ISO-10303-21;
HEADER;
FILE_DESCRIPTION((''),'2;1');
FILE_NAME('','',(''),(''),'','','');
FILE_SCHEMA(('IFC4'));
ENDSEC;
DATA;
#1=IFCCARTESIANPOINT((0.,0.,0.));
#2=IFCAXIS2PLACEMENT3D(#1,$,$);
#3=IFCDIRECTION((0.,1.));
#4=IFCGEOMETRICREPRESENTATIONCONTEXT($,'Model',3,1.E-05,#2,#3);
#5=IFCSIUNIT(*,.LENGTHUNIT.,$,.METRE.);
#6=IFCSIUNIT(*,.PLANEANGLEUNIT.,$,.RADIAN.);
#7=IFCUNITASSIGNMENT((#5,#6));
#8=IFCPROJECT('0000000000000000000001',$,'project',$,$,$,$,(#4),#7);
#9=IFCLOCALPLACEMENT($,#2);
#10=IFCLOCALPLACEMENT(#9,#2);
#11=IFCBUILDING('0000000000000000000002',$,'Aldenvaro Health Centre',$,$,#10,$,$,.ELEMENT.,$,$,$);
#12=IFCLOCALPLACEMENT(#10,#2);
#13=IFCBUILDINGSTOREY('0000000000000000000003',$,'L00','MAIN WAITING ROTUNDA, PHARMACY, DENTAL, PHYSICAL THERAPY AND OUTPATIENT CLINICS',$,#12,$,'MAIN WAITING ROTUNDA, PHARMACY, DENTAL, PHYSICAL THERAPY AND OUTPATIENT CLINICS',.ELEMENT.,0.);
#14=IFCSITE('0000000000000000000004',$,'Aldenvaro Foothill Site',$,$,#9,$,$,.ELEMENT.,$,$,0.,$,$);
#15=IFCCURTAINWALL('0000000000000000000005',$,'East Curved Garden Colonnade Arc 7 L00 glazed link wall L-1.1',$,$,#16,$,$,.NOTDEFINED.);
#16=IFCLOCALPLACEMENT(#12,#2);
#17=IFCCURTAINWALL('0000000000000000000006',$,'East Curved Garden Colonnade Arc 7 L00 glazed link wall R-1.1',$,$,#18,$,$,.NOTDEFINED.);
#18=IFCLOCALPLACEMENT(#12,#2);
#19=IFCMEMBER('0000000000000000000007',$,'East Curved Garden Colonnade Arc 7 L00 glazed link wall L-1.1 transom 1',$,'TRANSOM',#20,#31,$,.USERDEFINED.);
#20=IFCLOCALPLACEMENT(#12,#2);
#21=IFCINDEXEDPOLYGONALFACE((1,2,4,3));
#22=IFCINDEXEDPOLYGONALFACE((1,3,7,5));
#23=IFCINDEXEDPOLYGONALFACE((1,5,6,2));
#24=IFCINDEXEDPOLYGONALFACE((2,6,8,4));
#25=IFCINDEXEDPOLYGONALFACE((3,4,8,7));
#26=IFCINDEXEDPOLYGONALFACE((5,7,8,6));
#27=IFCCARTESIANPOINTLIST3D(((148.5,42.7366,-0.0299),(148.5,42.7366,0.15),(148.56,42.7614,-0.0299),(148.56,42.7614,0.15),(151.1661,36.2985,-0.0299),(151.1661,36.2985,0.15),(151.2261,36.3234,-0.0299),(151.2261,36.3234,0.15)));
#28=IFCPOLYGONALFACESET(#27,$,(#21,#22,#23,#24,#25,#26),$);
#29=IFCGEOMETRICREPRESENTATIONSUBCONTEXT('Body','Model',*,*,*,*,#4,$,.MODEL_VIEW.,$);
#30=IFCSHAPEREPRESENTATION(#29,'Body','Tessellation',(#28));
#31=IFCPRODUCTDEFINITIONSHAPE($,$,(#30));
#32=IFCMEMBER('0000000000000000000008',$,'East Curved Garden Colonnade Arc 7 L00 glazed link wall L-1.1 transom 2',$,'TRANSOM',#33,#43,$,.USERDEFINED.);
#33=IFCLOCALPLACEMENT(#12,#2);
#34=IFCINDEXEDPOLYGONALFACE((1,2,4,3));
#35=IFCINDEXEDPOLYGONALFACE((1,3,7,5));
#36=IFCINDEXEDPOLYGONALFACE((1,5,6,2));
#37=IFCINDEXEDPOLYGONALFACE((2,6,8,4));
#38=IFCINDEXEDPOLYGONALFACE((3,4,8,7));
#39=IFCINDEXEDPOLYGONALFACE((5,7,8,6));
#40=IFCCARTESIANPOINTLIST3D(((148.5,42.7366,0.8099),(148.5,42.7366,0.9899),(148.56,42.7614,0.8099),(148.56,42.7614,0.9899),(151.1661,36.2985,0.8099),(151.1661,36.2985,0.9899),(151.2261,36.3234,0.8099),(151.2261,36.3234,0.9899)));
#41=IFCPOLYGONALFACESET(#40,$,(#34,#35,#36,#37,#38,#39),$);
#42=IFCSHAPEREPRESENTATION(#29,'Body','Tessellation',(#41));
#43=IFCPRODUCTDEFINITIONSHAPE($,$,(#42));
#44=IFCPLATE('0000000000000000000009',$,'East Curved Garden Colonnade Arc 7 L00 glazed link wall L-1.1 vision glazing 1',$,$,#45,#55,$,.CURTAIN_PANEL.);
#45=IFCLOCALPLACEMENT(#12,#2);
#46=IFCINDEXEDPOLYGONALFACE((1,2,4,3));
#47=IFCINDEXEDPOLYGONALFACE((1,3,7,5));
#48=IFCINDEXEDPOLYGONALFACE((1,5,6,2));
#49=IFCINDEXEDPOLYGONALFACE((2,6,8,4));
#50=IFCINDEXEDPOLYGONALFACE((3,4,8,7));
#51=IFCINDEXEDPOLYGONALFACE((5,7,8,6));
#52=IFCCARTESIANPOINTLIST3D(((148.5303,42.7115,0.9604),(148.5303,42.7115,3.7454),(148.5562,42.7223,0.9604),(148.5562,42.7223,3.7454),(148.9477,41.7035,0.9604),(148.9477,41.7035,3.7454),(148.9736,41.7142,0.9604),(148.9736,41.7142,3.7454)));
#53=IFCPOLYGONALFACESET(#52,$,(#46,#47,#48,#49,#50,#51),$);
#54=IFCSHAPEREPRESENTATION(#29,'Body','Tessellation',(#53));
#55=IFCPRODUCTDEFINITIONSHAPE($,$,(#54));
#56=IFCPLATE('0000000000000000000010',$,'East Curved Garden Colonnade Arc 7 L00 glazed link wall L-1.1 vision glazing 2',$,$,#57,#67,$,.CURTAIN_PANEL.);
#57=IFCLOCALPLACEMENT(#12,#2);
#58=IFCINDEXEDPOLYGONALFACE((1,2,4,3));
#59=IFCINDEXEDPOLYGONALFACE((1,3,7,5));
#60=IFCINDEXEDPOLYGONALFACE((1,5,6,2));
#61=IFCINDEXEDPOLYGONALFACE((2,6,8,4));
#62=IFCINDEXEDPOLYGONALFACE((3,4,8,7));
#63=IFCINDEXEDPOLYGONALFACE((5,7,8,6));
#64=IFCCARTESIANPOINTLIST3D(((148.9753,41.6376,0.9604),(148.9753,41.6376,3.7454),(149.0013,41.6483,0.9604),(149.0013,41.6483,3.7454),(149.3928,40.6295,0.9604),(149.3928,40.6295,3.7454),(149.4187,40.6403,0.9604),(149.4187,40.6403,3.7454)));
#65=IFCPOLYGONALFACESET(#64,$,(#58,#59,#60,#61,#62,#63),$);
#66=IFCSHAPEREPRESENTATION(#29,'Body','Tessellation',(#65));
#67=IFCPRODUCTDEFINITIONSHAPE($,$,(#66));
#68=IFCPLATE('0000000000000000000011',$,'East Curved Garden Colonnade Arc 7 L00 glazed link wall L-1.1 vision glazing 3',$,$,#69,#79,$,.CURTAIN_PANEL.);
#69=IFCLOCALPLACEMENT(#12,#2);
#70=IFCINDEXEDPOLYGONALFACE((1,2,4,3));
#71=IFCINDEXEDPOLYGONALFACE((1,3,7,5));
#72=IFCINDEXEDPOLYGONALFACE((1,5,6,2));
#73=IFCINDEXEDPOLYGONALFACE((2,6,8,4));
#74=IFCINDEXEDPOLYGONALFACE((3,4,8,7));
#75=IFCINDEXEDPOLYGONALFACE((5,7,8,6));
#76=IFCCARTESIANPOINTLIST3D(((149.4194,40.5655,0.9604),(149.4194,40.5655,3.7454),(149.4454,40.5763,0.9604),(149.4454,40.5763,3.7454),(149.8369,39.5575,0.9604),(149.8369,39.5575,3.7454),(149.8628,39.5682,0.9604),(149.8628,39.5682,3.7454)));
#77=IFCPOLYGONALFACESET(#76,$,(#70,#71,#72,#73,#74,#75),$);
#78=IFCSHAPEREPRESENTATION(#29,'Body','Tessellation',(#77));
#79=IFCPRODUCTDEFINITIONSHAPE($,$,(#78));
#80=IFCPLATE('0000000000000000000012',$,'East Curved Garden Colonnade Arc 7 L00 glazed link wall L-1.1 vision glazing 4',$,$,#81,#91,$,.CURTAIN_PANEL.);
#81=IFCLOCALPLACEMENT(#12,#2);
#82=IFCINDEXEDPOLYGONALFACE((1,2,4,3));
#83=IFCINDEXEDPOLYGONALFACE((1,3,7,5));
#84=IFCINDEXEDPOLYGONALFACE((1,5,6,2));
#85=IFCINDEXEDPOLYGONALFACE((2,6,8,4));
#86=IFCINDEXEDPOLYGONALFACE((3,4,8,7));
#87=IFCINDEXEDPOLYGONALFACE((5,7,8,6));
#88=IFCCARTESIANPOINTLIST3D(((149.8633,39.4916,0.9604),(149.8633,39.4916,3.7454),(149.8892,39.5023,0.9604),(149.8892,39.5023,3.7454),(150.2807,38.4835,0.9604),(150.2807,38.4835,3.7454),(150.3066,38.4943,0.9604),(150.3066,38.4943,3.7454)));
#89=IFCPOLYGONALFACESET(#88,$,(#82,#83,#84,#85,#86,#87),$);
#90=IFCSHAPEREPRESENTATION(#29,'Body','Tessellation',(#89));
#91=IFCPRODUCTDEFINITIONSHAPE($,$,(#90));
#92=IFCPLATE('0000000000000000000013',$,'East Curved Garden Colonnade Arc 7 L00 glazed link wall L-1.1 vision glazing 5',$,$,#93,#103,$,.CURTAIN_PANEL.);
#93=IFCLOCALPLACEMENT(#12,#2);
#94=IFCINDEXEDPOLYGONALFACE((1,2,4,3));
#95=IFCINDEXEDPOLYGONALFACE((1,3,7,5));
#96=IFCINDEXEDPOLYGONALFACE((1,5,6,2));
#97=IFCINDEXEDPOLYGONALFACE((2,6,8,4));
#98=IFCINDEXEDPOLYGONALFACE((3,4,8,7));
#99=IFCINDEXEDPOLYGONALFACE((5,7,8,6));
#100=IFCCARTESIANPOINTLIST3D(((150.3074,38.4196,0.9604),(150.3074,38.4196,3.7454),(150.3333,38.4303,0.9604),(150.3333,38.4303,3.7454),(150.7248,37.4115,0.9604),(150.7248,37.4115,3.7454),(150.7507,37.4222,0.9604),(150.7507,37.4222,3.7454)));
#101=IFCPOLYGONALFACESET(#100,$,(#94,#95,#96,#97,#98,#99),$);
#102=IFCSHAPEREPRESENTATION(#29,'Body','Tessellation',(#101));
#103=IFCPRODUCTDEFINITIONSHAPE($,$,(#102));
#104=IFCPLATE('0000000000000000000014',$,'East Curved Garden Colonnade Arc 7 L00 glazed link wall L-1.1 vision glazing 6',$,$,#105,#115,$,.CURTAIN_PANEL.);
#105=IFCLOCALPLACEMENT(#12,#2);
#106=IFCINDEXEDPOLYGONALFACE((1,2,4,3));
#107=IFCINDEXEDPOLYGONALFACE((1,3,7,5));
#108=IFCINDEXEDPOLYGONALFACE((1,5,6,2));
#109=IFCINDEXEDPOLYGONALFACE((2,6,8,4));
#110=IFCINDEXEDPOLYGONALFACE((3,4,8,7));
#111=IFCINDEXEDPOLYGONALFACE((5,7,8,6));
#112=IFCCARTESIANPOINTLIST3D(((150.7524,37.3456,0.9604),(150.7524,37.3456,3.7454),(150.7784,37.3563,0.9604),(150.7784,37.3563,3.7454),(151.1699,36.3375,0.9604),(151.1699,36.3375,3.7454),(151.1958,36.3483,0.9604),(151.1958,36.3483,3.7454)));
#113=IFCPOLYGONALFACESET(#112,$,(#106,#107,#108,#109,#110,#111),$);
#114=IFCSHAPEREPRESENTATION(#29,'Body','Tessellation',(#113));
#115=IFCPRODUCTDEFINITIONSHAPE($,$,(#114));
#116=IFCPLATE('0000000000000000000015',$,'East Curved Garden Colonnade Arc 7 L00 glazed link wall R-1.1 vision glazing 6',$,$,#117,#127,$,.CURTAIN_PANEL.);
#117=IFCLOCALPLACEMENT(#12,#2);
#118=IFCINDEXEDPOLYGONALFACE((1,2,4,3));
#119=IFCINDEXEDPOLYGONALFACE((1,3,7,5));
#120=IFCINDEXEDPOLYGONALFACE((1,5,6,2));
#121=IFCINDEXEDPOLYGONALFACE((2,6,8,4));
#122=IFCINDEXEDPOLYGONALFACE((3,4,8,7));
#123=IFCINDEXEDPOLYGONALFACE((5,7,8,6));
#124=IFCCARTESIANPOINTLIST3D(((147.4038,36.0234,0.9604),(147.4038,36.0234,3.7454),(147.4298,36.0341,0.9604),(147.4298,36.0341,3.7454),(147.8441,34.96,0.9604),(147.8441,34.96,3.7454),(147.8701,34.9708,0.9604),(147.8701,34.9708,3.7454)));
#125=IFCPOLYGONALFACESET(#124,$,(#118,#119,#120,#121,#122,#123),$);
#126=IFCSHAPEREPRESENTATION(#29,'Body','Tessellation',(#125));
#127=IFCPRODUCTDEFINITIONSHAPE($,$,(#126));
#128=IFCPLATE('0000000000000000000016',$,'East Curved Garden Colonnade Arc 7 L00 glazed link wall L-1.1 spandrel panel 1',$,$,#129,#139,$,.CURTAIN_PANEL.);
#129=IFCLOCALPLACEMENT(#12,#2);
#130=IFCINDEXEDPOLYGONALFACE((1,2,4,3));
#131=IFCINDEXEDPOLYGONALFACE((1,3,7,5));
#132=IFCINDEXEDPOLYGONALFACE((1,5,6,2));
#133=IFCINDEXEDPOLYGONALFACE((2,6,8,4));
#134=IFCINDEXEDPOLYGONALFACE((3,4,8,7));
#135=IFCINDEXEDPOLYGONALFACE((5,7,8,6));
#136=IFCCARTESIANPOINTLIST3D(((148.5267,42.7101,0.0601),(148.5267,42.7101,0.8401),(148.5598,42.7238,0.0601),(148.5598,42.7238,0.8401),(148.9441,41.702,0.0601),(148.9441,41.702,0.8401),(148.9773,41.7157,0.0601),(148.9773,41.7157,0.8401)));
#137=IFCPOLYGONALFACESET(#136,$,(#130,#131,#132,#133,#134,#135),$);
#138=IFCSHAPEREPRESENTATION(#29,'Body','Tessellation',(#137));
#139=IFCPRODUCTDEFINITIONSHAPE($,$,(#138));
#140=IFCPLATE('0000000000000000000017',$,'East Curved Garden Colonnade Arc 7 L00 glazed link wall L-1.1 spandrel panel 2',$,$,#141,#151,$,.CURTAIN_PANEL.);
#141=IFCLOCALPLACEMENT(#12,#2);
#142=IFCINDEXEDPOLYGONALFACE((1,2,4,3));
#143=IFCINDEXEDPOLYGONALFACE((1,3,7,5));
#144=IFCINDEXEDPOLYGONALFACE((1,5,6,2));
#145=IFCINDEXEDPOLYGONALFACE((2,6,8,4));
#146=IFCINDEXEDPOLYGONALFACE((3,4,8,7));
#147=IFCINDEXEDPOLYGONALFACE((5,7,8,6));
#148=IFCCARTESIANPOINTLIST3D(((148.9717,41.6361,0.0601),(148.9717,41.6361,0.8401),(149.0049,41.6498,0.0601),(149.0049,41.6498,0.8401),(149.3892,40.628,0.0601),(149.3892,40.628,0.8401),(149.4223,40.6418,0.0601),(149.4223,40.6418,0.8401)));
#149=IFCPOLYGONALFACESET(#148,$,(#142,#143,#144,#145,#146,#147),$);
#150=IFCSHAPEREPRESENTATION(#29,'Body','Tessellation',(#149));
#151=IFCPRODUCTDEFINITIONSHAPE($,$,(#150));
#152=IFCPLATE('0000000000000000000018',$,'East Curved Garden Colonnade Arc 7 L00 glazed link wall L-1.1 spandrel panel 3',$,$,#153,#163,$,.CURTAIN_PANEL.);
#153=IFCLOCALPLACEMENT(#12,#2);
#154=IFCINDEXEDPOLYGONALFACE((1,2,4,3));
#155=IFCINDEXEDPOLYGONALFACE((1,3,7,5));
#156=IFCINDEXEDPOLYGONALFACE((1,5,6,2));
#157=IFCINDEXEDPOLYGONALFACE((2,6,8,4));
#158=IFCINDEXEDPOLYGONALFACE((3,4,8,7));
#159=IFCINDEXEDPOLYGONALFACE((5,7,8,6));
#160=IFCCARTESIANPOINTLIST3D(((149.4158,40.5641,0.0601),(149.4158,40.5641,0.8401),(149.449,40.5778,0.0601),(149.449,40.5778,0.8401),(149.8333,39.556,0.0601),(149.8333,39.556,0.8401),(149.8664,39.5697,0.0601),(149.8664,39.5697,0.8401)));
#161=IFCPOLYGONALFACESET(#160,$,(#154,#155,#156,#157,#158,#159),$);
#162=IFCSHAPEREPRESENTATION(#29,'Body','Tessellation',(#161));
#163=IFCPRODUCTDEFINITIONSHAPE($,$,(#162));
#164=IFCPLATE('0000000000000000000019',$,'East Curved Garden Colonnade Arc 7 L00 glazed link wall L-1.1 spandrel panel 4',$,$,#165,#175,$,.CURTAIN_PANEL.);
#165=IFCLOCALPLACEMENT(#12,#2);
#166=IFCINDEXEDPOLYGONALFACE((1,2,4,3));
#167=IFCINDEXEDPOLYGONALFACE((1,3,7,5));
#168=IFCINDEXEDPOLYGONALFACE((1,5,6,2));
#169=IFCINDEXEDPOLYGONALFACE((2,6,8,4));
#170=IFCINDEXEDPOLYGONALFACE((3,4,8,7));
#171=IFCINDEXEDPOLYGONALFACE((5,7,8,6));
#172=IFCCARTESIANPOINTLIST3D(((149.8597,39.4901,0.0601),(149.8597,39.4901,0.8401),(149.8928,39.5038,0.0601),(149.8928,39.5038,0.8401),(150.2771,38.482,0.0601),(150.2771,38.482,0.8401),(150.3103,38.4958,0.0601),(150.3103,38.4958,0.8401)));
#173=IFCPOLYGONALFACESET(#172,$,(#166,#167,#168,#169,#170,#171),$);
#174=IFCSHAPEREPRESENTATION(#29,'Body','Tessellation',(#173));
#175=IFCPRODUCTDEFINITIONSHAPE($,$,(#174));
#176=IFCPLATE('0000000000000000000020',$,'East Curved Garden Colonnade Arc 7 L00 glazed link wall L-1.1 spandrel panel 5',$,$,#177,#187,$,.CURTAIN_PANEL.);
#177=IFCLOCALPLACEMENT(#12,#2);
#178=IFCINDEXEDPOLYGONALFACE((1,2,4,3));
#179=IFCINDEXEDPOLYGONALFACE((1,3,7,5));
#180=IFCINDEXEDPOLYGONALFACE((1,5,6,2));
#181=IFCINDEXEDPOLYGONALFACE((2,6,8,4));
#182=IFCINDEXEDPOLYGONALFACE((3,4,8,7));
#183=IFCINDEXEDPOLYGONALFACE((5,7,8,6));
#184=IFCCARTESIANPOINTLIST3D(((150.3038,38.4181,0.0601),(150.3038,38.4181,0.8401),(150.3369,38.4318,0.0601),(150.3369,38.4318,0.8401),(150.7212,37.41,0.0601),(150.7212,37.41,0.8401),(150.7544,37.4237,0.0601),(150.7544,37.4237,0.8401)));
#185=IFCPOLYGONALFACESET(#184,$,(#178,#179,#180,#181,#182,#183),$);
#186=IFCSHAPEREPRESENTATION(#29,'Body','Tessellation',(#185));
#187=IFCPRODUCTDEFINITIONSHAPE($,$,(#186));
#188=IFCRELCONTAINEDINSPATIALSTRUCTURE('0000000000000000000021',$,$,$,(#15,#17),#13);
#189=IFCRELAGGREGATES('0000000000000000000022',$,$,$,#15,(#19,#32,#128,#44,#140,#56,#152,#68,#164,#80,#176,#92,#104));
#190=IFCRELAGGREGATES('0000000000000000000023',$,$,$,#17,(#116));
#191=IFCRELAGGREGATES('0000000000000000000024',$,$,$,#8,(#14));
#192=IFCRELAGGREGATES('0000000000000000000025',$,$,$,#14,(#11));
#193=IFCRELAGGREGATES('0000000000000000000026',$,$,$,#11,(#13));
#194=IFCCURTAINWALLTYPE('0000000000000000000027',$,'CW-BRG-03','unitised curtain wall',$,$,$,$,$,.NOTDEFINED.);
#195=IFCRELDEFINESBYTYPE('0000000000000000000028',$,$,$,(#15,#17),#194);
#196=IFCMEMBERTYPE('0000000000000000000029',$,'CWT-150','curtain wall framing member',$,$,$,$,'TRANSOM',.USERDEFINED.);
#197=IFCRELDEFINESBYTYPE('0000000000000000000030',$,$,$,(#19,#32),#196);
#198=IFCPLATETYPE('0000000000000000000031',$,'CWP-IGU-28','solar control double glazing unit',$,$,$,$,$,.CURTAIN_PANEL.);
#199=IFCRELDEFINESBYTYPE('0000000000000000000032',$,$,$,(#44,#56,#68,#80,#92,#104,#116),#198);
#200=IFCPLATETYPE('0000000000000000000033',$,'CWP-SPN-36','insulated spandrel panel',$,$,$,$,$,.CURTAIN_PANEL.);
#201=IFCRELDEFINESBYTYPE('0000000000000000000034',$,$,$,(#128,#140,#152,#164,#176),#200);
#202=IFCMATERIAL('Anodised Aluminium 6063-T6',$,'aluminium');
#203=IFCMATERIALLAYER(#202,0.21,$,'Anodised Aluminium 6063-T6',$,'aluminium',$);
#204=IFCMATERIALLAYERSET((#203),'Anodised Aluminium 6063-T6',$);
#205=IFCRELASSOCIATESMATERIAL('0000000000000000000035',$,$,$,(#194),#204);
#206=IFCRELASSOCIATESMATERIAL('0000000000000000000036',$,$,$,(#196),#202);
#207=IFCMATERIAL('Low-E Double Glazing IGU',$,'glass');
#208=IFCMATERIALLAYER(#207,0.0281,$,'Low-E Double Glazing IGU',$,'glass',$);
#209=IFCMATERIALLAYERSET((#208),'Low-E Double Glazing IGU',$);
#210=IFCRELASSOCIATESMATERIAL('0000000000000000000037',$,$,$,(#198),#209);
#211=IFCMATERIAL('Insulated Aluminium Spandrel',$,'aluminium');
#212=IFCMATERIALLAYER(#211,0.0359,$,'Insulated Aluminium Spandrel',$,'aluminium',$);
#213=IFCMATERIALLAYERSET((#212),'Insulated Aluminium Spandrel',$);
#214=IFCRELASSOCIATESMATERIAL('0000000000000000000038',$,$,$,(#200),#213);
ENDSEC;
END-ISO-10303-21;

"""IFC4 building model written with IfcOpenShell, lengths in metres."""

from ifc_helpers import new_model, si_unit, direction, frame, origin, origin_2d, place, context, subcontext, project, spatial, rectangle, extrude, material, layer, layer_set, material_profile, profile_set, type_object, element, aggregate, save


model = new_model("IFC4")

# Units and contexts
model_context = context("Model", 3, precision=1e-05, world=origin(), true_north=direction((0.0, 1.0)))
body_context = subcontext(model_context, "Body", "Model", "MODEL_VIEW")
ifc_project = project(units=[si_unit("LENGTHUNIT", "METRE"), si_unit("PLANEANGLEUNIT", "RADIAN")], contexts=[model_context])

# Site, building, storey
site_placement = place(None, origin())
site = spatial("IfcSite", under=ifc_project, at=site_placement, Name="Aldenvaro Foothill Site", CompositionType="ELEMENT", RefElevation=0.0)
building_placement = place(site_placement, origin())
building = spatial("IfcBuilding", under=site, at=building_placement, Name="Aldenvaro Health Centre", CompositionType="ELEMENT")
storey_placement = place(building_placement, origin())
storey = spatial("IfcBuildingStorey", under=building, at=storey_placement, Name="L00", Description="MAIN WAITING ROTUNDA, PHARMACY, DENTAL, PHYSICAL THERAPY AND OUTPATIENT CLINICS", LongName="MAIN WAITING ROTUNDA, PHARMACY, DENTAL, PHYSICAL THERAPY AND OUTPATIENT CLINICS", CompositionType="ELEMENT", Elevation=0.0)

# Curtain wall
ifc_material_1 = material(Name="Anodised Aluminium 6063-T6", Category="aluminium")
ifc_layer_1 = layer(ifc_material_1, 0.21, Name="Anodised Aluminium 6063-T6", Category="aluminium")
ifc_layer_set_1 = layer_set([ifc_layer_1], Name="Anodised Aluminium 6063-T6")
curtain_wall_type = type_object("IfcCurtainWallType", Name="CW-BRG-03", Description="unitised curtain wall", PredefinedType="NOTDEFINED", material=ifc_layer_set_1)
curtain_wall_1_placement = place(storey_placement, origin())
curtain_wall_1 = element("IfcCurtainWall", 1, at=curtain_wall_1_placement, inside=storey, type_object=curtain_wall_type, Name="East Curved Garden Colonnade Arc 7 L00 glazed link wall L-1.1", PredefinedType="NOTDEFINED")

# Curtain wall
curtain_wall_2_placement = place(storey_placement, origin())
curtain_wall_2 = element("IfcCurtainWall", 2, at=curtain_wall_2_placement, inside=storey, type_object=curtain_wall_type, Name="East Curved Garden Colonnade Arc 7 L00 glazed link wall R-1.1", PredefinedType="NOTDEFINED")

# Members
ifc_material_profile_1 = material_profile(ifc_material_1, rectangle(XDim=0.0649, YDim=0.1799, at=origin_2d()), Name="ALU 65x180", Category="aluminium")
ifc_profile_set_1 = profile_set([ifc_material_profile_1], Name="Anodised Aluminium 6063-T6")
member_type_1 = type_object("IfcMemberType", Name="CWT-150", Description="curtain wall framing member", ElementType="TRANSOM", PredefinedType="USERDEFINED", material=ifc_profile_set_1)
member_1_placement = place(storey_placement, frame((148.53, 42.749, 0.0601), z_axis=(0.382599, -0.923914, 0.0), x_axis=(0.923914, 0.382599, 0.0)))
member_1 = element("IfcMember", 3, at=member_1_placement, type_object=member_type_1, Name="East Curved Garden Colonnade Arc 7 L00 glazed link wall L-1.1 transom 1", ObjectType="TRANSOM", PredefinedType="USERDEFINED", context=body_context, shape_type="SweptSolid", body=[
    extrude(rectangle(XDim=0.0649, YDim=0.1799, at=origin_2d()), origin(), (0.0, 0.0, 1.0), 6.9683),
])
member_2_placement = place(storey_placement, frame((148.53, 42.749, 0.8999), z_axis=(0.382599, -0.923914, 0.0), x_axis=(0.923914, 0.382599, 0.0)))
member_2 = element("IfcMember", 4, at=member_2_placement, type_object=member_type_1, Name="East Curved Garden Colonnade Arc 7 L00 glazed link wall L-1.1 transom 2", ObjectType="TRANSOM", PredefinedType="USERDEFINED", context=body_context, shape_type="SweptSolid", body=[
    extrude(rectangle(XDim=0.0649, YDim=0.1799, at=origin_2d()), origin(), (0.0, 0.0, 1.0), 6.9683),
])

# Plates
ifc_material_2 = material(Name="Low-E Double Glazing IGU", Category="glass")
ifc_layer_2 = layer(ifc_material_2, 0.0281, Name="Low-E Double Glazing IGU", Category="glass")
ifc_layer_set_2 = layer_set([ifc_layer_2], Name="Low-E Double Glazing IGU")
plate_type_1 = type_object("IfcPlateType", Name="CWP-IGU-28", Description="solar control double glazing unit", PredefinedType="CURTAIN_PANEL", material=ifc_layer_set_2)
plate_1_placement = place(storey_placement, frame((148.752, 42.2129, 0.9604), z_axis=(0.0, 0.0, 1.0), x_axis=(0.382597, -0.923915, 0.0)))
plate_1 = element("IfcPlate", 5, at=plate_1_placement, type_object=plate_type_1, Name="East Curved Garden Colonnade Arc 7 L00 glazed link wall L-1.1 vision glazing 1", PredefinedType="CURTAIN_PANEL", context=body_context, shape_type="SweptSolid", body=[
    extrude(rectangle(XDim=1.0911, YDim=0.0281, at=origin_2d()), origin(), (0.0, 0.0, 1.0), 2.7849),
])
plate_2_placement = place(storey_placement, frame((149.197, 41.1389, 0.9604), z_axis=(0.0, 0.0, 1.0), x_axis=(0.382597, -0.923915, 0.0)))
plate_2 = element("IfcPlate", 6, at=plate_2_placement, type_object=plate_type_1, Name="East Curved Garden Colonnade Arc 7 L00 glazed link wall L-1.1 vision glazing 2", PredefinedType="CURTAIN_PANEL", context=body_context, shape_type="SweptSolid", body=[
    extrude(rectangle(XDim=1.0911, YDim=0.0281, at=origin_2d()), origin(), (0.0, 0.0, 1.0), 2.7849),
])
plate_3_placement = place(storey_placement, frame((149.6411, 40.0669, 0.9604), z_axis=(0.0, 0.0, 1.0), x_axis=(0.382597, -0.923915, 0.0)))
plate_3 = element("IfcPlate", 7, at=plate_3_placement, type_object=plate_type_1, Name="East Curved Garden Colonnade Arc 7 L00 glazed link wall L-1.1 vision glazing 3", PredefinedType="CURTAIN_PANEL", context=body_context, shape_type="SweptSolid", body=[
    extrude(rectangle(XDim=1.0911, YDim=0.0281, at=origin_2d()), origin(), (0.0, 0.0, 1.0), 2.7849),
])
plate_4_placement = place(storey_placement, frame((150.085, 38.9929, 0.9604), z_axis=(0.0, 0.0, 1.0), x_axis=(0.382597, -0.923915, 0.0)))
plate_4 = element("IfcPlate", 8, at=plate_4_placement, type_object=plate_type_1, Name="East Curved Garden Colonnade Arc 7 L00 glazed link wall L-1.1 vision glazing 4", PredefinedType="CURTAIN_PANEL", context=body_context, shape_type="SweptSolid", body=[
    extrude(rectangle(XDim=1.0911, YDim=0.0281, at=origin_2d()), origin(), (0.0, 0.0, 1.0), 2.7849),
])
plate_5_placement = place(storey_placement, frame((150.5291, 37.9209, 0.9604), z_axis=(0.0, 0.0, 1.0), x_axis=(0.382597, -0.923915, 0.0)))
plate_5 = element("IfcPlate", 9, at=plate_5_placement, type_object=plate_type_1, Name="East Curved Garden Colonnade Arc 7 L00 glazed link wall L-1.1 vision glazing 5", PredefinedType="CURTAIN_PANEL", context=body_context, shape_type="SweptSolid", body=[
    extrude(rectangle(XDim=1.0911, YDim=0.0281, at=origin_2d()), origin(), (0.0, 0.0, 1.0), 2.7849),
])
plate_6_placement = place(storey_placement, frame((150.9741, 36.8469, 0.9604), z_axis=(0.0, 0.0, 1.0), x_axis=(0.382597, -0.923915, 0.0)))
plate_6 = element("IfcPlate", 10, at=plate_6_placement, type_object=plate_type_1, Name="East Curved Garden Colonnade Arc 7 L00 glazed link wall L-1.1 vision glazing 6", PredefinedType="CURTAIN_PANEL", context=body_context, shape_type="SweptSolid", body=[
    extrude(rectangle(XDim=1.0911, YDim=0.0281, at=origin_2d()), origin(), (0.0, 0.0, 1.0), 2.7849),
])
plate_7_placement = place(storey_placement, frame((147.637, 35.4971, 0.9604), z_axis=(0.0, 0.0, 1.0), x_axis=(0.382569, -0.923927, 0.0)))
plate_7 = element("IfcPlate", 11, at=plate_7_placement, type_object=plate_type_1, Name="East Curved Garden Colonnade Arc 7 L00 glazed link wall R-1.1 vision glazing 6", PredefinedType="CURTAIN_PANEL", context=body_context, shape_type="SweptSolid", body=[
    extrude(rectangle(XDim=1.1509, YDim=0.0281, at=origin_2d()), origin(), (0.0, 0.0, 1.0), 2.7849),
])
ifc_material_3 = material(Name="Insulated Aluminium Spandrel", Category="aluminium")
ifc_layer_3 = layer(ifc_material_3, 0.0359, Name="Insulated Aluminium Spandrel", Category="aluminium")
ifc_layer_set_3 = layer_set([ifc_layer_3], Name="Insulated Aluminium Spandrel")
plate_type_2 = type_object("IfcPlateType", Name="CWP-SPN-36", Description="insulated spandrel panel", PredefinedType="CURTAIN_PANEL", material=ifc_layer_set_3)
plate_8_placement = place(storey_placement, frame((148.752, 42.2129, 0.0601), z_axis=(0.0, 0.0, 1.0), x_axis=(0.382597, -0.923915, 0.0)))
plate_8 = element("IfcPlate", 12, at=plate_8_placement, type_object=plate_type_2, Name="East Curved Garden Colonnade Arc 7 L00 glazed link wall L-1.1 spandrel panel 1", PredefinedType="CURTAIN_PANEL", context=body_context, shape_type="SweptSolid", body=[
    extrude(rectangle(XDim=1.0911, YDim=0.0359, at=origin_2d()), origin(), (0.0, 0.0, 1.0), 0.78),
])
plate_9_placement = place(storey_placement, frame((149.197, 41.1389, 0.0601), z_axis=(0.0, 0.0, 1.0), x_axis=(0.382597, -0.923915, 0.0)))
plate_9 = element("IfcPlate", 13, at=plate_9_placement, type_object=plate_type_2, Name="East Curved Garden Colonnade Arc 7 L00 glazed link wall L-1.1 spandrel panel 2", PredefinedType="CURTAIN_PANEL", context=body_context, shape_type="SweptSolid", body=[
    extrude(rectangle(XDim=1.0911, YDim=0.0359, at=origin_2d()), origin(), (0.0, 0.0, 1.0), 0.78),
])
plate_10_placement = place(storey_placement, frame((149.6411, 40.0669, 0.0601), z_axis=(0.0, 0.0, 1.0), x_axis=(0.382597, -0.923915, 0.0)))
plate_10 = element("IfcPlate", 14, at=plate_10_placement, type_object=plate_type_2, Name="East Curved Garden Colonnade Arc 7 L00 glazed link wall L-1.1 spandrel panel 3", PredefinedType="CURTAIN_PANEL", context=body_context, shape_type="SweptSolid", body=[
    extrude(rectangle(XDim=1.0911, YDim=0.0359, at=origin_2d()), origin(), (0.0, 0.0, 1.0), 0.78),
])
plate_11_placement = place(storey_placement, frame((150.085, 38.9929, 0.0601), z_axis=(0.0, 0.0, 1.0), x_axis=(0.382597, -0.923915, 0.0)))
plate_11 = element("IfcPlate", 15, at=plate_11_placement, type_object=plate_type_2, Name="East Curved Garden Colonnade Arc 7 L00 glazed link wall L-1.1 spandrel panel 4", PredefinedType="CURTAIN_PANEL", context=body_context, shape_type="SweptSolid", body=[
    extrude(rectangle(XDim=1.0911, YDim=0.0359, at=origin_2d()), origin(), (0.0, 0.0, 1.0), 0.78),
])
plate_12_placement = place(storey_placement, frame((150.5291, 37.9209, 0.0601), z_axis=(0.0, 0.0, 1.0), x_axis=(0.382597, -0.923915, 0.0)))
plate_12 = element("IfcPlate", 16, at=plate_12_placement, type_object=plate_type_2, Name="East Curved Garden Colonnade Arc 7 L00 glazed link wall L-1.1 spandrel panel 5", PredefinedType="CURTAIN_PANEL", context=body_context, shape_type="SweptSolid", body=[
    extrude(rectangle(XDim=1.0911, YDim=0.0359, at=origin_2d()), origin(), (0.0, 0.0, 1.0), 0.78),
])
aggregate(curtain_wall_1, [member_1, member_2, plate_8, plate_1, plate_9, plate_2, plate_10, plate_3, plate_11, plate_4, plate_12, plate_5, plate_6])
aggregate(curtain_wall_2, [plate_7])

save(model, "model.ifc")
